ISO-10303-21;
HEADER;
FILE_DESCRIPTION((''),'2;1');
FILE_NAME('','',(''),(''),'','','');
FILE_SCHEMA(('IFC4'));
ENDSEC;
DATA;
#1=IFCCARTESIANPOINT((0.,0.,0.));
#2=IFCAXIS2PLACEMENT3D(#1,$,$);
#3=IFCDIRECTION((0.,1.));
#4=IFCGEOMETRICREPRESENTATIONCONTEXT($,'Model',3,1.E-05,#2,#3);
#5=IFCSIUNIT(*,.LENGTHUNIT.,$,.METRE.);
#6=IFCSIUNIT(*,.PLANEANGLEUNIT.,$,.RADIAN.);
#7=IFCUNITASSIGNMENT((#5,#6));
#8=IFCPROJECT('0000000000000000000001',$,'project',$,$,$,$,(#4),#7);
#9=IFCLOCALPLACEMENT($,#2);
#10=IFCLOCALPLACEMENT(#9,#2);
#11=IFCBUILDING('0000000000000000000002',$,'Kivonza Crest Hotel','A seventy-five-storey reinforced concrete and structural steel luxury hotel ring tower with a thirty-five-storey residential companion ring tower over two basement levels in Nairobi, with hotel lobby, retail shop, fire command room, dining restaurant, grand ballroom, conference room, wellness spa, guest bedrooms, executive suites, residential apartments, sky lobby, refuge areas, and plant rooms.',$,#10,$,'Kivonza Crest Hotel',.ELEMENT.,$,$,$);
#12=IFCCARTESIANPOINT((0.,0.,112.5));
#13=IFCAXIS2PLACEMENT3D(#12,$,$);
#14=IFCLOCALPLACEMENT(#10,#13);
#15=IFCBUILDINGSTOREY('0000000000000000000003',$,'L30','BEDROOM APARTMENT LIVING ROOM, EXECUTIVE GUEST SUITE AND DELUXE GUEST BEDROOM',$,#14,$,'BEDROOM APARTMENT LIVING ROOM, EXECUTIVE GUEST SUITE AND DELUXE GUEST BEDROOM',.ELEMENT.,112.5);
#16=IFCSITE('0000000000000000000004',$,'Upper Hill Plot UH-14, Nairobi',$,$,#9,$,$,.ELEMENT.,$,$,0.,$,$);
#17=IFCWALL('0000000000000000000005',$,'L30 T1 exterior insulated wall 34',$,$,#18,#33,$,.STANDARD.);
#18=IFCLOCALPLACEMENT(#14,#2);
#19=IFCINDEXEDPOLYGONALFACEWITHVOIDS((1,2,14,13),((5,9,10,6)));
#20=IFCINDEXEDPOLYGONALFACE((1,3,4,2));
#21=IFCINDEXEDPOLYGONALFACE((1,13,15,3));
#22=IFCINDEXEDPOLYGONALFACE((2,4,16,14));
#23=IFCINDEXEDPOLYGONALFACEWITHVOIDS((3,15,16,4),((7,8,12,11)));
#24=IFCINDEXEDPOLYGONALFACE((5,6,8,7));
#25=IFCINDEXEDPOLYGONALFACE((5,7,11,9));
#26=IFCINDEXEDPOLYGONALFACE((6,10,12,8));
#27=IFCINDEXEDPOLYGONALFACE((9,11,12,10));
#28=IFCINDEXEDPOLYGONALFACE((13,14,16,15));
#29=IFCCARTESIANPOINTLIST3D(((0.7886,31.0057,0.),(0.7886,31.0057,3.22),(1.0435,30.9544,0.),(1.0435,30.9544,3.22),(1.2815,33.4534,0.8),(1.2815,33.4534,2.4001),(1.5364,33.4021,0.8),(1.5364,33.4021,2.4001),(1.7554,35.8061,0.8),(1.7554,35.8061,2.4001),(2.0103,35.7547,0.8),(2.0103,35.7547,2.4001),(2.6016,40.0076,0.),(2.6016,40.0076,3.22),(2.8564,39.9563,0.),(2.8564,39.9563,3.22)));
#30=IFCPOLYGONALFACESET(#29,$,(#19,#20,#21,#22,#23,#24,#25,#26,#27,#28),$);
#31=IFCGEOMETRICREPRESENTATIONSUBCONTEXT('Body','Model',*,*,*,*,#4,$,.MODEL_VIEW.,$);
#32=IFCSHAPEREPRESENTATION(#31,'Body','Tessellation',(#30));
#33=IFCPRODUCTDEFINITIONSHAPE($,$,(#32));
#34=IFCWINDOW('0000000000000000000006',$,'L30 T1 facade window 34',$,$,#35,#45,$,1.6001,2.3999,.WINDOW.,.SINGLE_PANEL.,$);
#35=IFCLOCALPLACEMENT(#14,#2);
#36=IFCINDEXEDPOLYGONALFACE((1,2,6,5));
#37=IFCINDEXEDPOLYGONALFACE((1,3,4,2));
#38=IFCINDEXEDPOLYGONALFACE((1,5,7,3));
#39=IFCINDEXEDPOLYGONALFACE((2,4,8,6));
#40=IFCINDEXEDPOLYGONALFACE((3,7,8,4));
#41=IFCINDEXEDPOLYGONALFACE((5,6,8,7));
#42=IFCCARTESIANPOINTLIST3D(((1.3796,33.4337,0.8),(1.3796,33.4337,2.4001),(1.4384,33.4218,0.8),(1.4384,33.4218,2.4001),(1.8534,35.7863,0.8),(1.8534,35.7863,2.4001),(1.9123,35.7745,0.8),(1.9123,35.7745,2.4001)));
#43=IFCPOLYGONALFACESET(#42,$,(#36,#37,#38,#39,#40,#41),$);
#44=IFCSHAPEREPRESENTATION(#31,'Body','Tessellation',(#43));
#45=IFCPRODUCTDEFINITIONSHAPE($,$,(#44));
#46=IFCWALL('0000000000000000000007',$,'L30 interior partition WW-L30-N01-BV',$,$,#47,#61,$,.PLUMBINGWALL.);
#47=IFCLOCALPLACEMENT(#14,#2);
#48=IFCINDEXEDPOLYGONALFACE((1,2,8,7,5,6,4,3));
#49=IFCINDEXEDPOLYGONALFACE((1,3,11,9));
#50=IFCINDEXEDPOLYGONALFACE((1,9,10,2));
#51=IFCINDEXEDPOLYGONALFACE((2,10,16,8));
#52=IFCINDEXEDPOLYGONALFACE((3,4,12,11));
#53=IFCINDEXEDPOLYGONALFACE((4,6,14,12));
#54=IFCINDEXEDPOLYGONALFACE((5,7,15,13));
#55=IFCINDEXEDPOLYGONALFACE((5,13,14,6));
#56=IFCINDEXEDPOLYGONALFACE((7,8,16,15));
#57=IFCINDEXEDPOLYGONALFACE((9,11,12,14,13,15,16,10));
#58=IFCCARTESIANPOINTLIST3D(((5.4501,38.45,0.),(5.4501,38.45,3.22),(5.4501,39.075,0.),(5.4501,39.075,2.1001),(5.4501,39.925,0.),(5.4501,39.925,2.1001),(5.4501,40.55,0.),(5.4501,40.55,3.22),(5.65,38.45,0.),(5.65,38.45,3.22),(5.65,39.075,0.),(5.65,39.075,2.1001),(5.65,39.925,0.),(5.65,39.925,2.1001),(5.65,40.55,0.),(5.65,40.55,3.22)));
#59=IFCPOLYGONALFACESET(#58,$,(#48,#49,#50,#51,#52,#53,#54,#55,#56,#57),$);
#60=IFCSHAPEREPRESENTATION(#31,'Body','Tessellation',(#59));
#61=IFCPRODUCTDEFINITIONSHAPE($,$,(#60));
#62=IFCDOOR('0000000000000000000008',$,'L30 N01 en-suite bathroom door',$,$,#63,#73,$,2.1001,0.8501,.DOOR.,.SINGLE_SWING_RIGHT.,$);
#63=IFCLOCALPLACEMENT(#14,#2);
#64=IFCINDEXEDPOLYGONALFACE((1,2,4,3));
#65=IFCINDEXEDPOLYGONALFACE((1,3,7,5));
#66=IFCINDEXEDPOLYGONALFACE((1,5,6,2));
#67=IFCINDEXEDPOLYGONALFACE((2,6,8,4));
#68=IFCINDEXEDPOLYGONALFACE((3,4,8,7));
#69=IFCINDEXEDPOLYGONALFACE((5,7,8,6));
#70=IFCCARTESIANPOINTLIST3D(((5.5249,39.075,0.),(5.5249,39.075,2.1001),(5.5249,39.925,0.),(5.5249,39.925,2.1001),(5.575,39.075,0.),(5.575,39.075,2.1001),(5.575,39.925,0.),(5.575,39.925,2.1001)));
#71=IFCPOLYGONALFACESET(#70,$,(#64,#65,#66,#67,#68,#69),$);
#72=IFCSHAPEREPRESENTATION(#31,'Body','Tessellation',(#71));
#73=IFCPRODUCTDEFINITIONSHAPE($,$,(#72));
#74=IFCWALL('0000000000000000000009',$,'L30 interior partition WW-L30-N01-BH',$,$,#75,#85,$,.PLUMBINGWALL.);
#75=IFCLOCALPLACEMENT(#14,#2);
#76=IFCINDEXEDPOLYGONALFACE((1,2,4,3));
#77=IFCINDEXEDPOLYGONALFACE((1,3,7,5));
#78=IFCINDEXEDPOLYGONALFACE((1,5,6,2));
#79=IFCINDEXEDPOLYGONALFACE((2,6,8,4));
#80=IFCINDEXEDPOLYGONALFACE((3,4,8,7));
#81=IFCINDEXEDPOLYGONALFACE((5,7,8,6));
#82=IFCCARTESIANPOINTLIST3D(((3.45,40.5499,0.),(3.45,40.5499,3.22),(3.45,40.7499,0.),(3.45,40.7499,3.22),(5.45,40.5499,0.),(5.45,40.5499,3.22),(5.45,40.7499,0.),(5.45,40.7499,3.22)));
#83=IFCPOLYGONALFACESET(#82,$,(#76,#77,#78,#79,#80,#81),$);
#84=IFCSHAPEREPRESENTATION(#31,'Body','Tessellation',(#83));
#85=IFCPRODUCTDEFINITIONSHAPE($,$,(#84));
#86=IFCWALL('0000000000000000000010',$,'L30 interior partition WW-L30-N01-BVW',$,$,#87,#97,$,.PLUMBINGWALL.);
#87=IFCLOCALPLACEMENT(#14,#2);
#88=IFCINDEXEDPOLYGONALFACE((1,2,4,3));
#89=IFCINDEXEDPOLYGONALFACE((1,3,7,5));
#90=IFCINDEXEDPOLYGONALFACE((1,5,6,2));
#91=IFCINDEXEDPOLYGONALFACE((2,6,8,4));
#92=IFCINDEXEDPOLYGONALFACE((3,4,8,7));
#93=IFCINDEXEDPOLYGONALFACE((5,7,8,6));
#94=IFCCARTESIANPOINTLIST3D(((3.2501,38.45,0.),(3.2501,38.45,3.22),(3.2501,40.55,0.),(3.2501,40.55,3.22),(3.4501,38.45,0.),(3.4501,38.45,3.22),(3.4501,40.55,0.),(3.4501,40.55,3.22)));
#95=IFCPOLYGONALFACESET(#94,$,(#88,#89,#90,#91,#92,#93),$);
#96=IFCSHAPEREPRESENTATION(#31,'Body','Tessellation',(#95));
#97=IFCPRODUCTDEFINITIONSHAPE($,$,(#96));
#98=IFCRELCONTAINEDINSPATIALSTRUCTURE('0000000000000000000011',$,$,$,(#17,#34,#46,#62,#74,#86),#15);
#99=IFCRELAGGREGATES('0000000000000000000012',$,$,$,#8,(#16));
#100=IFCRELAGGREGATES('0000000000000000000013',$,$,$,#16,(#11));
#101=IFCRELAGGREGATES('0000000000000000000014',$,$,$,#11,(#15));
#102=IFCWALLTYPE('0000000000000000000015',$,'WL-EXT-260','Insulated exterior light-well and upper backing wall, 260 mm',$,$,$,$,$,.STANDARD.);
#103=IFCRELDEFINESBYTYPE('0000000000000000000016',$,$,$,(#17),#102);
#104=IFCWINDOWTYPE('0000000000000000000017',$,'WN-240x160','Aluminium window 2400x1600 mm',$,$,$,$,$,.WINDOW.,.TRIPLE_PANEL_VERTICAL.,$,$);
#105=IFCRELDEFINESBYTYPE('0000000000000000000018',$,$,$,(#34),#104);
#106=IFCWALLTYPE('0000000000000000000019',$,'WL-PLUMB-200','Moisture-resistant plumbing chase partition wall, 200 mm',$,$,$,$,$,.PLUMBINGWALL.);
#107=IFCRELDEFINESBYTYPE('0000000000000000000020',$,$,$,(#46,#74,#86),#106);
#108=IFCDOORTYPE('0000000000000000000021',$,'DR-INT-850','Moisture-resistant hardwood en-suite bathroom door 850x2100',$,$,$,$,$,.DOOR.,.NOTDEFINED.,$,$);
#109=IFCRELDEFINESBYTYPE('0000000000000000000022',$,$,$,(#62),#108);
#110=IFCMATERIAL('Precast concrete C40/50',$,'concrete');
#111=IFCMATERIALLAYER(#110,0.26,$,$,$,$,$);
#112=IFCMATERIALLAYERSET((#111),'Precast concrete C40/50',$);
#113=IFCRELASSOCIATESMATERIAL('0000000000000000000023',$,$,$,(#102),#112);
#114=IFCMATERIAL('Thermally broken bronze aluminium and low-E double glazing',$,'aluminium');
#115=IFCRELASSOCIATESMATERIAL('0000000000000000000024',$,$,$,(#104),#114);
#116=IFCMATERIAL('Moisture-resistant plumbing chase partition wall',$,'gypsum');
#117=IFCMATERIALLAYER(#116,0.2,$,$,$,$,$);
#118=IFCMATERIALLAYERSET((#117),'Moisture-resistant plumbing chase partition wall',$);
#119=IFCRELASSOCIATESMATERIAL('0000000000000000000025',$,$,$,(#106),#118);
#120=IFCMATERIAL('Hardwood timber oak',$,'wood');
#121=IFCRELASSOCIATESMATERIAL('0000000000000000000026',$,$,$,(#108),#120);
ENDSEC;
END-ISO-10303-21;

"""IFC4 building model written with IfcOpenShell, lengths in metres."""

from ifc_helpers import new_model, si_unit, direction, frame, frame_2d, origin, place, context, subcontext, project, spatial, rectangle, extrude, material, layer, layer_set, type_object, element, fill, save


model = new_model("IFC4")

# Units and contexts
model_context = context("Model", 3, precision=1e-05, world=origin(), true_north=direction((0.0, 1.0)))
body_context = subcontext(model_context, "Body", "Model", "MODEL_VIEW")
ifc_project = project(units=[si_unit("LENGTHUNIT", "METRE"), si_unit("PLANEANGLEUNIT", "RADIAN")], contexts=[model_context])

# Site, building, storey
site_placement = place(None, origin())
site = spatial("IfcSite", under=ifc_project, at=site_placement, Name="Upper Hill Plot UH-14, Nairobi", CompositionType="ELEMENT", RefElevation=0.0)
building_placement = place(site_placement, origin())
building = spatial("IfcBuilding", under=site, at=building_placement, Name="Kivonza Crest Hotel", Description="A seventy-five-storey reinforced concrete and structural steel luxury hotel ring tower with a thirty-five-storey residential companion ring tower over two basement levels in Nairobi, with hotel lobby, retail shop, fire command room, dining restaurant, grand ballroom, conference room, wellness spa, guest bedrooms, executive suites, residential apartments, sky lobby, refuge areas, and plant rooms.", LongName="Kivonza Crest Hotel", CompositionType="ELEMENT")
storey_placement = place(building_placement, frame((0.0, 0.0, 112.5)))
storey = spatial("IfcBuildingStorey", under=building, at=storey_placement, Name="L30", Description="BEDROOM APARTMENT LIVING ROOM, EXECUTIVE GUEST SUITE AND DELUXE GUEST BEDROOM", LongName="BEDROOM APARTMENT LIVING ROOM, EXECUTIVE GUEST SUITE AND DELUXE GUEST BEDROOM", CompositionType="ELEMENT", Elevation=112.5)

# Shared definitions
ifc_material_1 = material(Name="Hardwood timber oak", Category="wood")

# Shared definitions
ifc_material_2 = material(Name="Precast concrete C40/50", Category="concrete")
ifc_layer_1 = layer(ifc_material_2, 0.26)
ifc_layer_set_1 = layer_set([ifc_layer_1], Name="Precast concrete C40/50")
wall_type_1 = type_object("IfcWallType", Name="WL-EXT-260", Description="Insulated exterior light-well and upper backing wall, 260 mm", PredefinedType="STANDARD", material=ifc_layer_set_1)

# Wall, opening, window
wall_1_placement = place(storey_placement, frame((2.729, 39.9819, 0.0), z_axis=(0.0, 0.0, 1.0), x_axis=(-0.197435, -0.980316, 0.0)))
wall_1 = element("IfcWall", 1, at=wall_1_placement, inside=storey, type_object=wall_type_1, Name="L30 T1 exterior insulated wall 34", PredefinedType="STANDARD", context=body_context, shape_type="SweptSolid", body=[
    extrude(rectangle(XDim=9.1826, YDim=0.26, at=frame_2d((4.5913, 0.0))), origin(), (0.0, 0.0, 1.0), 3.22),
])
opening_1_placement = place(wall_1_placement, frame((4.2859, 0.0, 0.8)))
opening_1 = element("IfcOpeningElement", 2, at=opening_1_placement, cuts=wall_1, PredefinedType="OPENING", context=body_context, shape_type="SweptSolid", body=[
    extrude(rectangle(XDim=2.3999, YDim=1.6001, at=frame_2d((1.2, 0.8))), frame((0.0, 0.1401, 0.0), z_axis=(0.0, -1.0, 0.0), x_axis=(1.0, 0.0, 0.0)), (0.0, 0.0, 1.0), 0.28),
])
ifc_material_3 = material(Name="Thermally broken bronze aluminium and low-E double glazing", Category="aluminium")
window_type = type_object("IfcWindowType", Name="WN-240x160", Description="Aluminium window 2400x1600 mm", PartitioningType="TRIPLE_PANEL_VERTICAL", PredefinedType="WINDOW", material=ifc_material_3)
window_placement = place(opening_1_placement, origin())
window = element("IfcWindow", 3, at=window_placement, inside=storey, type_object=window_type, Name="L30 T1 facade window 34", OverallHeight=1.6001, OverallWidth=2.3999, PartitioningType="SINGLE_PANEL", PredefinedType="WINDOW", context=body_context, shape_type="SweptSolid", body=[
    extrude(rectangle(XDim=2.3999, YDim=1.6001, at=frame_2d((1.2, 0.8))), frame((0.0, 0.03, 0.0), z_axis=(0.0, -1.0, 0.0), x_axis=(1.0, 0.0, 0.0)), (0.0, 0.0, 1.0), 0.0601),
])
fill(opening_1, window)

# Wall, opening, door
ifc_material_4 = material(Name="Moisture-resistant plumbing chase partition wall", Category="gypsum")
ifc_layer_2 = layer(ifc_material_4, 0.2)
ifc_layer_set_2 = layer_set([ifc_layer_2], Name="Moisture-resistant plumbing chase partition wall")
wall_type_2 = type_object("IfcWallType", Name="WL-PLUMB-200", Description="Moisture-resistant plumbing chase partition wall, 200 mm", PredefinedType="PLUMBINGWALL", material=ifc_layer_set_2)
wall_2_placement = place(storey_placement, frame((5.55, 38.45, 0.0), z_axis=(0.0, 0.0, 1.0), x_axis=(0.0, 1.0, 0.0)))
wall_2 = element("IfcWall", 4, at=wall_2_placement, inside=storey, type_object=wall_type_2, Name="L30 interior partition WW-L30-N01-BV", PredefinedType="PLUMBINGWALL", context=body_context, shape_type="SweptSolid", body=[
    extrude(rectangle(XDim=2.1001, YDim=0.2, at=frame_2d((1.05, 0.0))), origin(), (0.0, 0.0, 1.0), 3.22),
])
opening_2_placement = place(wall_2_placement, frame((0.625, 0.0, 0.0)))
opening_2 = element("IfcOpeningElement", 5, at=opening_2_placement, cuts=wall_2, PredefinedType="OPENING", context=body_context, shape_type="SweptSolid", body=[
    extrude(rectangle(XDim=0.8501, YDim=2.1001, at=frame_2d((0.425, 1.05))), frame((0.0, 0.1099, 0.0), z_axis=(0.0, -1.0, 0.0), x_axis=(1.0, 0.0, 0.0)), (0.0, 0.0, 1.0), 0.22),
])
door_type_1 = type_object("IfcDoorType", Name="DR-INT-850", Description="Moisture-resistant hardwood en-suite bathroom door 850x2100", OperationType="NOTDEFINED", PredefinedType="DOOR", material=ifc_material_1)
door_1_placement = place(opening_2_placement, frame((0.8501, 0.0, 0.0), z_axis=(0.0, 0.0, 1.0), x_axis=(-1.0, 0.0, 0.0)))
door_1 = element("IfcDoor", 6, at=door_1_placement, inside=storey, type_object=door_type_1, Name="L30 N01 en-suite bathroom door", OperationType="SINGLE_SWING_RIGHT", OverallHeight=2.1001, OverallWidth=0.8501, PredefinedType="DOOR", context=body_context, shape_type="SweptSolid", body=[
    extrude(rectangle(XDim=0.8501, YDim=2.1001, at=frame_2d((0.425, 1.05))), frame((0.0, 0.0249, 0.0), z_axis=(0.0, -1.0, 0.0), x_axis=(1.0, 0.0, 0.0)), (0.0, 0.0, 1.0), 0.05),
])
fill(opening_2, door_1)

# Walls
wall_3_placement = place(storey_placement, frame((3.45, 40.6499, 0.0), z_axis=(0.0, 0.0, 1.0), x_axis=(1.0, 0.0, 0.0)))
element("IfcWall", 7, at=wall_3_placement, inside=storey, type_object=wall_type_2, Name="L30 interior partition WW-L30-N01-BH", PredefinedType="PLUMBINGWALL", context=body_context, shape_type="SweptSolid", body=[
    extrude(rectangle(XDim=2.0, YDim=0.2, at=frame_2d((1.0, 0.0))), origin(), (0.0, 0.0, 1.0), 3.22),
])
wall_4_placement = place(storey_placement, frame((3.3501, 38.45, 0.0), z_axis=(0.0, 0.0, 1.0), x_axis=(0.0, 1.0, 0.0)))
element("IfcWall", 8, at=wall_4_placement, inside=storey, type_object=wall_type_2, Name="L30 interior partition WW-L30-N01-BVW", PredefinedType="PLUMBINGWALL", context=body_context, shape_type="SweptSolid", body=[
    extrude(rectangle(XDim=2.1001, YDim=0.2, at=frame_2d((1.05, 0.0))), origin(), (0.0, 0.0, 1.0), 3.22),
])

save(model, "model.ifc")
